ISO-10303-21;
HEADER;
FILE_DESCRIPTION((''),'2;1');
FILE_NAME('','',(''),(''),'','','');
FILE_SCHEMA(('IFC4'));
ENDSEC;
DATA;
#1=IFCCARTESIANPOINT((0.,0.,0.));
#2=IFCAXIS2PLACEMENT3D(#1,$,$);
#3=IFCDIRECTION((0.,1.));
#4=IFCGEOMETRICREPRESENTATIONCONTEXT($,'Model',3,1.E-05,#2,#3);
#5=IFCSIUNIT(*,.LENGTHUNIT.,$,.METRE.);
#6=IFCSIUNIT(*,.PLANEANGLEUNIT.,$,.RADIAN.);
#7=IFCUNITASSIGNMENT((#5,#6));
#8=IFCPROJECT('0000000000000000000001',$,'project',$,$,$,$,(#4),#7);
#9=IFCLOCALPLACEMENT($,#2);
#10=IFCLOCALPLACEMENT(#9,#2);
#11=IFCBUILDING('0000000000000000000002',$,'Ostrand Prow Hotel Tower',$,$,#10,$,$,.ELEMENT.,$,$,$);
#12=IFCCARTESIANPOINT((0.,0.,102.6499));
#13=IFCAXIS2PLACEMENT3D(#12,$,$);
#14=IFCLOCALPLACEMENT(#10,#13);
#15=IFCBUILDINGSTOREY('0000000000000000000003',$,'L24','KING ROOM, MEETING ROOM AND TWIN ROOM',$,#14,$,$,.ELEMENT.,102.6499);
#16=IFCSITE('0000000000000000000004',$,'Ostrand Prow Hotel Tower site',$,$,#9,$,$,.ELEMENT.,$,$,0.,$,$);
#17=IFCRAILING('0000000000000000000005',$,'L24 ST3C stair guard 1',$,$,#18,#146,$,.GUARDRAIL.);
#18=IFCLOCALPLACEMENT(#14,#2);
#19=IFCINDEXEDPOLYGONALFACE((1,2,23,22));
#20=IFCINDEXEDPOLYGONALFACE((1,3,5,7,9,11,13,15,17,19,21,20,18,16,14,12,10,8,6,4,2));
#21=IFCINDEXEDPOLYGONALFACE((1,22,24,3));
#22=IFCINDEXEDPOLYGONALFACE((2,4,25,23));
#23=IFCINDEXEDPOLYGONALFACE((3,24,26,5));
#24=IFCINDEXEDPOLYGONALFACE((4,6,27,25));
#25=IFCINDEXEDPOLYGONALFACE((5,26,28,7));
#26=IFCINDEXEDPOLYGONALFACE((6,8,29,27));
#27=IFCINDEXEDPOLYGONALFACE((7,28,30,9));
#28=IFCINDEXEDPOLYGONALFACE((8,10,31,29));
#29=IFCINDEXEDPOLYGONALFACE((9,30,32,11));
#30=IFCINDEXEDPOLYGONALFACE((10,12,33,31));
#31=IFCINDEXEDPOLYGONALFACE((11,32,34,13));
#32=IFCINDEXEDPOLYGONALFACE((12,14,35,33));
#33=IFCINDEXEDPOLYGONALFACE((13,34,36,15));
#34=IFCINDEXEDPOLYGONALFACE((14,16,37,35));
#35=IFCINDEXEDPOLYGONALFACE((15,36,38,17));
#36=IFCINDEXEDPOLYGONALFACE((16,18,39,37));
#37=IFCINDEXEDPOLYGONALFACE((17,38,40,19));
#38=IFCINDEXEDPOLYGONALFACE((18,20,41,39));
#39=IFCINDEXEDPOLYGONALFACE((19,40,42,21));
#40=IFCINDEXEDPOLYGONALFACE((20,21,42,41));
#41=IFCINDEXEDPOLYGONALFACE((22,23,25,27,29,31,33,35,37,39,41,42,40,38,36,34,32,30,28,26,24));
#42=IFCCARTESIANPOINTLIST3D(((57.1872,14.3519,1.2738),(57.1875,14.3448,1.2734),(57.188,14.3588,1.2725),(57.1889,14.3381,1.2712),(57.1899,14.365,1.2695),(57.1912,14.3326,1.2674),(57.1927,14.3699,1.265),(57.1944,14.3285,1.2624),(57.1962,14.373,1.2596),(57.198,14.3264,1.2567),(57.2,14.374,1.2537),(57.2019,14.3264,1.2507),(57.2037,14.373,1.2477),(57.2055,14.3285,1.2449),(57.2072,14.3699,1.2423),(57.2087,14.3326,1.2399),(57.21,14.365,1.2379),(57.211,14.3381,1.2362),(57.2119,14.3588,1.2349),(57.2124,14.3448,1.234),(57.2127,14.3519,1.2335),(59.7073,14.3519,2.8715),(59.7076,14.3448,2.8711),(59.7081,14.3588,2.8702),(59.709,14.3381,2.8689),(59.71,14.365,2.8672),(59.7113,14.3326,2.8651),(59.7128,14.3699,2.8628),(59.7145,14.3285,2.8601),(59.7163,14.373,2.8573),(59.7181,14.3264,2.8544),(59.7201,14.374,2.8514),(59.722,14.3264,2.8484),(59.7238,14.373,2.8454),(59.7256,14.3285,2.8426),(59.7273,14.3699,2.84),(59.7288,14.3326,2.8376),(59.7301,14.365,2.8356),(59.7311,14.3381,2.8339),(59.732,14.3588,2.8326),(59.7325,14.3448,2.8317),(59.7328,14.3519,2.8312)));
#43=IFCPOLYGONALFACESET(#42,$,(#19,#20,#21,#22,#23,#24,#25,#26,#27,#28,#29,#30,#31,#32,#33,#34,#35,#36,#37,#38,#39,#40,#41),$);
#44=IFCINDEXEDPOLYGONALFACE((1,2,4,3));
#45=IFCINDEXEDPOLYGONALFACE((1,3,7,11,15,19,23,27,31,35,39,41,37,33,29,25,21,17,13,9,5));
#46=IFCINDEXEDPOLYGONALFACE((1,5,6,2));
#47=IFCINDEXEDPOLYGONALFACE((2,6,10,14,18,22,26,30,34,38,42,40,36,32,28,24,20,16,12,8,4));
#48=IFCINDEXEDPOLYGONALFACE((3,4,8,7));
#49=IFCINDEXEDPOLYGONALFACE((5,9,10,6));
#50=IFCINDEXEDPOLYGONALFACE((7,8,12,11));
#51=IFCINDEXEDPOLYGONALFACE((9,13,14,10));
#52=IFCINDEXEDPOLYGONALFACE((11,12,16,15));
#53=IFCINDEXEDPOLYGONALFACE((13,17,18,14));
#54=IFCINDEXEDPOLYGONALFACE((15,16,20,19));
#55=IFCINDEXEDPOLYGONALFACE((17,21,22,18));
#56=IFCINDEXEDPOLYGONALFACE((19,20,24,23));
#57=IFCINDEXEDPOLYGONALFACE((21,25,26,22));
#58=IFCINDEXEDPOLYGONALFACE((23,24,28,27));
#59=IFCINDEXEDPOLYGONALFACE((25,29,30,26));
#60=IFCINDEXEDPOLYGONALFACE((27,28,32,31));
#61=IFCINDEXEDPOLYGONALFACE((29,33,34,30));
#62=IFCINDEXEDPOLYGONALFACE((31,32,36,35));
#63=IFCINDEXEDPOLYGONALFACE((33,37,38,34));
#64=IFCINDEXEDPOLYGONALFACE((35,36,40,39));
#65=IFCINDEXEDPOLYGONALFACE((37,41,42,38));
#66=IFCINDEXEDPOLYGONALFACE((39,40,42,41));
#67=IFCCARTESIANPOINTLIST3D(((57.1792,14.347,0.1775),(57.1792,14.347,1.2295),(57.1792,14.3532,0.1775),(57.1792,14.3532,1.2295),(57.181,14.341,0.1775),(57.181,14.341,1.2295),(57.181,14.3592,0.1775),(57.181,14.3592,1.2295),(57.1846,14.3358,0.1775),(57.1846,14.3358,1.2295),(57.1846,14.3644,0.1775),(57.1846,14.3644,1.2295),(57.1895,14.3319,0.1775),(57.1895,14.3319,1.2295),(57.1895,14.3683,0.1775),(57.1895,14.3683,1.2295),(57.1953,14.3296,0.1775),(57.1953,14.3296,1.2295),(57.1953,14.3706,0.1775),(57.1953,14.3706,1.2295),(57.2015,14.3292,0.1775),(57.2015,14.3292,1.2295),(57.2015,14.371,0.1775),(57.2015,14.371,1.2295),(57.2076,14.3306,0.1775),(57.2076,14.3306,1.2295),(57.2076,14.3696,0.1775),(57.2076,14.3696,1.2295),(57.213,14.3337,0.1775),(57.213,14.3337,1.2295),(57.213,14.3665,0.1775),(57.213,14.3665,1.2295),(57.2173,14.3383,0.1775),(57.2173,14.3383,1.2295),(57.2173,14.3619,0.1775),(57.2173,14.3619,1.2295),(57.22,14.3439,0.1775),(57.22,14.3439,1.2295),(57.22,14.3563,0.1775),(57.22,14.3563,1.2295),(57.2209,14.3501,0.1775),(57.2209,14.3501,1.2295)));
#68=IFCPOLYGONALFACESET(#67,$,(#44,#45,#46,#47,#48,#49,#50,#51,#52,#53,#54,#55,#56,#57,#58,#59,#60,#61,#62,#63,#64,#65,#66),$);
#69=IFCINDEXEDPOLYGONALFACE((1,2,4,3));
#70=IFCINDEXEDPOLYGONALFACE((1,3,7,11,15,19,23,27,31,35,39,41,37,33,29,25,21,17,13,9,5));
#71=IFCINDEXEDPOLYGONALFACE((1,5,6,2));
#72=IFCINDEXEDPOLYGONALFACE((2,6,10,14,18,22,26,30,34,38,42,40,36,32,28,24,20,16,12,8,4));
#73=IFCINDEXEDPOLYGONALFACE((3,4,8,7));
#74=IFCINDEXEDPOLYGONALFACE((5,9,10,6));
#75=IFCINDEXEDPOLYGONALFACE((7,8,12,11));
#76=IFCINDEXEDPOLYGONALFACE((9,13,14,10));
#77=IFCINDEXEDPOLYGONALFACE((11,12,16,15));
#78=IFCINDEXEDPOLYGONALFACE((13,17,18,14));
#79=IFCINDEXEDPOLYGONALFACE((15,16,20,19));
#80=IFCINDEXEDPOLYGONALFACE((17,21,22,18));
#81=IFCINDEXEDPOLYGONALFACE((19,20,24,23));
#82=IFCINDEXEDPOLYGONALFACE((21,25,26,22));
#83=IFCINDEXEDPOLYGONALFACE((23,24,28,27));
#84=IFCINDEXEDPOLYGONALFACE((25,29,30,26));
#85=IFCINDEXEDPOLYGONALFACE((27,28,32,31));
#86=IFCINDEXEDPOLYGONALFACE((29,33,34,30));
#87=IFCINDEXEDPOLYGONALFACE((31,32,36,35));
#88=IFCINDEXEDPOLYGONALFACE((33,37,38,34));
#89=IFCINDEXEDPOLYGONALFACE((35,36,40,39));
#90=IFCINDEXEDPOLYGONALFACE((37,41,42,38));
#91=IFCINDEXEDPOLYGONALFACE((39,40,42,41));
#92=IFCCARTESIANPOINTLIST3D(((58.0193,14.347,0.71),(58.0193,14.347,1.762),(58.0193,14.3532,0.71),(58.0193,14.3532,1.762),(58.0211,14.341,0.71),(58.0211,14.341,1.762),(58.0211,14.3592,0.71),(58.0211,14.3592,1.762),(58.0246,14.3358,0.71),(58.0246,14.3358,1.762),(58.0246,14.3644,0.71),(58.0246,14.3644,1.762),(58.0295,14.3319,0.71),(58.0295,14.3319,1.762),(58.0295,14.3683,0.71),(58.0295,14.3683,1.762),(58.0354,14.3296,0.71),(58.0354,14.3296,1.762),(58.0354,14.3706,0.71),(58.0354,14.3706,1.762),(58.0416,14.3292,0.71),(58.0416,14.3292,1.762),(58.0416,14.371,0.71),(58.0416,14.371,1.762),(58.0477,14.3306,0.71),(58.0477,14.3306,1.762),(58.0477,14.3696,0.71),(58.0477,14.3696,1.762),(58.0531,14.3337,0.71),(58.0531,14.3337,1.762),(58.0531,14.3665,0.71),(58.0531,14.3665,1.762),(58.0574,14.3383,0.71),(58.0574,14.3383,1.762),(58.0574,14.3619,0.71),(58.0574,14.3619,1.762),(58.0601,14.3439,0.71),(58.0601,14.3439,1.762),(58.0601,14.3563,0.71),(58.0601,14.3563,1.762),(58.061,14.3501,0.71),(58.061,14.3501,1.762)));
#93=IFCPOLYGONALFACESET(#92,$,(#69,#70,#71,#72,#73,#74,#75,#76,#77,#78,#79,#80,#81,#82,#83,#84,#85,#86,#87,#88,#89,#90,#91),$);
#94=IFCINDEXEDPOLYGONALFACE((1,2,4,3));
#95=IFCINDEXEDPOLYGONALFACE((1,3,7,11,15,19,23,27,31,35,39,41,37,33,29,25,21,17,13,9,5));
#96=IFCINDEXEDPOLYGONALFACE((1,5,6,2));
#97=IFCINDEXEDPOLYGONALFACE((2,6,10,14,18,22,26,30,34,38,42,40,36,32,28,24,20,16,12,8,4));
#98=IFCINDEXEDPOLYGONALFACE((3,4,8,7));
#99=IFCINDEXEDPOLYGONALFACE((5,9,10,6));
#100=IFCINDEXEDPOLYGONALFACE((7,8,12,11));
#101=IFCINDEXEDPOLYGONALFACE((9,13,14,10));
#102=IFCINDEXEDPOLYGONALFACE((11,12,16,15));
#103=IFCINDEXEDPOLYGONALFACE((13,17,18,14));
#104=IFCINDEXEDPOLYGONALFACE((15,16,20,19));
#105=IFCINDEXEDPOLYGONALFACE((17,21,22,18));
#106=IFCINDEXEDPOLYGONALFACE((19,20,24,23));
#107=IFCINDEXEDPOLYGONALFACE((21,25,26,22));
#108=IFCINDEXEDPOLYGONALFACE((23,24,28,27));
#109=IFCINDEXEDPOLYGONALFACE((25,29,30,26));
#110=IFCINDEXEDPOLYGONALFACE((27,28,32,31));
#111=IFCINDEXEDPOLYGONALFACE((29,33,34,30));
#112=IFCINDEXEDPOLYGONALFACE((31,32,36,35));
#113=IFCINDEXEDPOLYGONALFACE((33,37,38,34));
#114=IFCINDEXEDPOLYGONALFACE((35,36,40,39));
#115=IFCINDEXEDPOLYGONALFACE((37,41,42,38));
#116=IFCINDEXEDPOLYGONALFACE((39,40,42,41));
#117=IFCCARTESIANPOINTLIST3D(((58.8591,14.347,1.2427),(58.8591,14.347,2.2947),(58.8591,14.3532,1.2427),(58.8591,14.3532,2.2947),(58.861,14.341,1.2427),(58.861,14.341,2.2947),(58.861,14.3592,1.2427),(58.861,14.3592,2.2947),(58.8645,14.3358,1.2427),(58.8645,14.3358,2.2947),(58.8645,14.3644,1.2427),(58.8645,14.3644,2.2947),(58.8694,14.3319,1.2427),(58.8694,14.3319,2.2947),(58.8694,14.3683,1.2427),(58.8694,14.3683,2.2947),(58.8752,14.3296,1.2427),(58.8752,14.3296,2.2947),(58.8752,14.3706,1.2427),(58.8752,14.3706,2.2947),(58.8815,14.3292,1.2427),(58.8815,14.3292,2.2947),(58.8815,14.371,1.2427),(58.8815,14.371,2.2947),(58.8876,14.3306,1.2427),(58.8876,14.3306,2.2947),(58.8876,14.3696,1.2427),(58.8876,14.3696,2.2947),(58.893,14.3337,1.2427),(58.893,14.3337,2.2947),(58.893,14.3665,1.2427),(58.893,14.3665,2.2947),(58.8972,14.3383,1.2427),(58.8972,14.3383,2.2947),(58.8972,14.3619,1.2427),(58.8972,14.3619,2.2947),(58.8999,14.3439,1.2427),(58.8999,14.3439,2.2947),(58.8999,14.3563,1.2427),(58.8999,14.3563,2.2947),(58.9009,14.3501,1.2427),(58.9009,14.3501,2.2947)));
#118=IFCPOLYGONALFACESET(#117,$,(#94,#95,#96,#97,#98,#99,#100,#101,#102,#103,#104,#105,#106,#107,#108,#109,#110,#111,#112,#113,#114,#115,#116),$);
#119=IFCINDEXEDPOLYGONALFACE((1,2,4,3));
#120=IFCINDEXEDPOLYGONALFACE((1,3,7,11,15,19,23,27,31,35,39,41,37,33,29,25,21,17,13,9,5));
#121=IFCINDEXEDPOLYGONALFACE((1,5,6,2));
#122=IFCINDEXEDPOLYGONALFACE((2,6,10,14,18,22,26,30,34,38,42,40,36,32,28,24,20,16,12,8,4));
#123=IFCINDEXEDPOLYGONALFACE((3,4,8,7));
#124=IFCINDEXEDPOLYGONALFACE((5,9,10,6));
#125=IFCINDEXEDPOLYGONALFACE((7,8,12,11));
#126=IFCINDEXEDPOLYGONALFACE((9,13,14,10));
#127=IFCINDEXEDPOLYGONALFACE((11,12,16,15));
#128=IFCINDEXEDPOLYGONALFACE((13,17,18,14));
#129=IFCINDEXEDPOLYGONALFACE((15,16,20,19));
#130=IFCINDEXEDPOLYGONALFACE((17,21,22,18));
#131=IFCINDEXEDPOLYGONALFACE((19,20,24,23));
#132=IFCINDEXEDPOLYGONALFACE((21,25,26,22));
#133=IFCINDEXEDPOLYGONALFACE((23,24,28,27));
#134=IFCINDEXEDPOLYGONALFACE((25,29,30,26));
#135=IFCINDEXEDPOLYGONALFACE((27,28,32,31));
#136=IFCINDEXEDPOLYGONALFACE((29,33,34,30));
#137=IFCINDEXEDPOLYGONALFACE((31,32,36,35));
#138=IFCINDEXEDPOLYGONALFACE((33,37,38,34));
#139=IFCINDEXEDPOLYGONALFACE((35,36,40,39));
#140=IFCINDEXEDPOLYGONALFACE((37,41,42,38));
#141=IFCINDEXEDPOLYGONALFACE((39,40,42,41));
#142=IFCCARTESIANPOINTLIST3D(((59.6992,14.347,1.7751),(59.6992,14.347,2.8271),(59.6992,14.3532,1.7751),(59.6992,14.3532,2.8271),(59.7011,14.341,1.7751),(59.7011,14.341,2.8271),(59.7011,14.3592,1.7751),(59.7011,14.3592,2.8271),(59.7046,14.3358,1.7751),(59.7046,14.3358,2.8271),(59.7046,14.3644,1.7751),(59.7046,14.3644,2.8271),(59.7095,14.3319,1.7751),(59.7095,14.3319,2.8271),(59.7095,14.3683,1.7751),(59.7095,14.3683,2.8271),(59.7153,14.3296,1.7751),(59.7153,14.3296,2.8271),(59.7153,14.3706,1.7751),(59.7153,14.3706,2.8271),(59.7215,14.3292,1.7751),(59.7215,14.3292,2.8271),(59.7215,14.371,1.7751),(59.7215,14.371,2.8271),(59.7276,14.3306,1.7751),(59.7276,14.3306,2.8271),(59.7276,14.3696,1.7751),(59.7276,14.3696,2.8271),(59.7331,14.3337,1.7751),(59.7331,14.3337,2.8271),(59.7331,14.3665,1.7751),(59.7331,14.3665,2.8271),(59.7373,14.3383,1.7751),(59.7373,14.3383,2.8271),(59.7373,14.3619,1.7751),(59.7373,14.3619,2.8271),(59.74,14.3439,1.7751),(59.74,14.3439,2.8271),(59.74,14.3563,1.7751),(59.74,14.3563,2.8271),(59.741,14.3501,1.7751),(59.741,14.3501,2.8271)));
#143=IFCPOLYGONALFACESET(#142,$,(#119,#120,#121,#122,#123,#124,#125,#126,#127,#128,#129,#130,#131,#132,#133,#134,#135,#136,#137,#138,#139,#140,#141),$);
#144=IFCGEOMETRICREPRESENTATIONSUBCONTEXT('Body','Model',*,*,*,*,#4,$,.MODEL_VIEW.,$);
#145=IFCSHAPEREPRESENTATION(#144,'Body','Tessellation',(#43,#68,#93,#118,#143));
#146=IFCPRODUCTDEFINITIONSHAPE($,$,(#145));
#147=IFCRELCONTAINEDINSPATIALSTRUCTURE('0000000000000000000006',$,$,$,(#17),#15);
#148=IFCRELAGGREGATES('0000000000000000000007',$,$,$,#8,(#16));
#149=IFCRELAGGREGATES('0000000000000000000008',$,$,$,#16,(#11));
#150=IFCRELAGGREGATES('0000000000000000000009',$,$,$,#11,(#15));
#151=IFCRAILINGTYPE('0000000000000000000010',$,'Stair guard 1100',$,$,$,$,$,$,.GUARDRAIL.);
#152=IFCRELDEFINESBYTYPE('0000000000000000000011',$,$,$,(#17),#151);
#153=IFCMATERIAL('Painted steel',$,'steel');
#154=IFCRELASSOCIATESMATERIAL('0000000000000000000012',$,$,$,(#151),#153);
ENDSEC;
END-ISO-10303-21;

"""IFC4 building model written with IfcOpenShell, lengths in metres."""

from ifc_helpers import new_model, si_unit, direction, frame, origin, origin_2d, place, context, subcontext, project, spatial, circle, extrude, material, type_object, element, save


model = new_model("IFC4")

# Units and contexts
model_context = context("Model", 3, precision=1e-05, world=origin(), true_north=direction((0.0, 1.0)))
body_context = subcontext(model_context, "Body", "Model", "MODEL_VIEW")
ifc_project = project(units=[si_unit("LENGTHUNIT", "METRE"), si_unit("PLANEANGLEUNIT", "RADIAN")], contexts=[model_context])

# Site, building, storey
site_placement = place(None, origin())
site = spatial("IfcSite", under=ifc_project, at=site_placement, Name="Ostrand Prow Hotel Tower site", CompositionType="ELEMENT", RefElevation=0.0)
building_placement = place(site_placement, origin())
building = spatial("IfcBuilding", under=site, at=building_placement, Name="Ostrand Prow Hotel Tower", CompositionType="ELEMENT")
storey_placement = place(building_placement, frame((0.0, 0.0, 102.6499)))
storey = spatial("IfcBuildingStorey", under=building, at=storey_placement, Name="L24", Description="KING ROOM, MEETING ROOM AND TWIN ROOM", CompositionType="ELEMENT", Elevation=102.6499)

# Railing
ifc_material_1 = material(Name="Painted steel", Category="steel")
railing_type_1 = type_object("IfcRailingType", Name="Stair guard 1100", PredefinedType="GUARDRAIL", material=ifc_material_1)
railing_1_placement = place(storey_placement, frame((57.2, 14.3501, 0.1775)))
element("IfcRailing", 1, at=railing_1_placement, inside=storey, type_object=railing_type_1, Name="L24 ST3C stair guard 1", PredefinedType="GUARDRAIL", context=body_context, shape_type="SweptSolid", body=[
    extrude(circle(Radius=0.0239, at=origin_2d()), frame((0.0, 0.0, 1.0762), z_axis=(0.84457, 0.0, 0.535445), x_axis=(0.0, 1.0, 0.0)), (0.0, 0.0, 1.0), 2.9839),
    extrude(circle(Radius=0.021, at=origin_2d()), origin(), (0.0, 0.0, 1.0), 1.052),
    extrude(circle(Radius=0.021, at=origin_2d()), frame((0.8401, 0.0, 0.5325)), (0.0, 0.0, 1.0), 1.052),
    extrude(circle(Radius=0.021, at=origin_2d()), frame((1.6799, 0.0, 1.0652)), (0.0, 0.0, 1.0), 1.052),
    extrude(circle(Radius=0.021, at=origin_2d()), frame((2.52, 0.0, 1.5977)), (0.0, 0.0, 1.0), 1.052),
])

save(model, "model.ifc")
